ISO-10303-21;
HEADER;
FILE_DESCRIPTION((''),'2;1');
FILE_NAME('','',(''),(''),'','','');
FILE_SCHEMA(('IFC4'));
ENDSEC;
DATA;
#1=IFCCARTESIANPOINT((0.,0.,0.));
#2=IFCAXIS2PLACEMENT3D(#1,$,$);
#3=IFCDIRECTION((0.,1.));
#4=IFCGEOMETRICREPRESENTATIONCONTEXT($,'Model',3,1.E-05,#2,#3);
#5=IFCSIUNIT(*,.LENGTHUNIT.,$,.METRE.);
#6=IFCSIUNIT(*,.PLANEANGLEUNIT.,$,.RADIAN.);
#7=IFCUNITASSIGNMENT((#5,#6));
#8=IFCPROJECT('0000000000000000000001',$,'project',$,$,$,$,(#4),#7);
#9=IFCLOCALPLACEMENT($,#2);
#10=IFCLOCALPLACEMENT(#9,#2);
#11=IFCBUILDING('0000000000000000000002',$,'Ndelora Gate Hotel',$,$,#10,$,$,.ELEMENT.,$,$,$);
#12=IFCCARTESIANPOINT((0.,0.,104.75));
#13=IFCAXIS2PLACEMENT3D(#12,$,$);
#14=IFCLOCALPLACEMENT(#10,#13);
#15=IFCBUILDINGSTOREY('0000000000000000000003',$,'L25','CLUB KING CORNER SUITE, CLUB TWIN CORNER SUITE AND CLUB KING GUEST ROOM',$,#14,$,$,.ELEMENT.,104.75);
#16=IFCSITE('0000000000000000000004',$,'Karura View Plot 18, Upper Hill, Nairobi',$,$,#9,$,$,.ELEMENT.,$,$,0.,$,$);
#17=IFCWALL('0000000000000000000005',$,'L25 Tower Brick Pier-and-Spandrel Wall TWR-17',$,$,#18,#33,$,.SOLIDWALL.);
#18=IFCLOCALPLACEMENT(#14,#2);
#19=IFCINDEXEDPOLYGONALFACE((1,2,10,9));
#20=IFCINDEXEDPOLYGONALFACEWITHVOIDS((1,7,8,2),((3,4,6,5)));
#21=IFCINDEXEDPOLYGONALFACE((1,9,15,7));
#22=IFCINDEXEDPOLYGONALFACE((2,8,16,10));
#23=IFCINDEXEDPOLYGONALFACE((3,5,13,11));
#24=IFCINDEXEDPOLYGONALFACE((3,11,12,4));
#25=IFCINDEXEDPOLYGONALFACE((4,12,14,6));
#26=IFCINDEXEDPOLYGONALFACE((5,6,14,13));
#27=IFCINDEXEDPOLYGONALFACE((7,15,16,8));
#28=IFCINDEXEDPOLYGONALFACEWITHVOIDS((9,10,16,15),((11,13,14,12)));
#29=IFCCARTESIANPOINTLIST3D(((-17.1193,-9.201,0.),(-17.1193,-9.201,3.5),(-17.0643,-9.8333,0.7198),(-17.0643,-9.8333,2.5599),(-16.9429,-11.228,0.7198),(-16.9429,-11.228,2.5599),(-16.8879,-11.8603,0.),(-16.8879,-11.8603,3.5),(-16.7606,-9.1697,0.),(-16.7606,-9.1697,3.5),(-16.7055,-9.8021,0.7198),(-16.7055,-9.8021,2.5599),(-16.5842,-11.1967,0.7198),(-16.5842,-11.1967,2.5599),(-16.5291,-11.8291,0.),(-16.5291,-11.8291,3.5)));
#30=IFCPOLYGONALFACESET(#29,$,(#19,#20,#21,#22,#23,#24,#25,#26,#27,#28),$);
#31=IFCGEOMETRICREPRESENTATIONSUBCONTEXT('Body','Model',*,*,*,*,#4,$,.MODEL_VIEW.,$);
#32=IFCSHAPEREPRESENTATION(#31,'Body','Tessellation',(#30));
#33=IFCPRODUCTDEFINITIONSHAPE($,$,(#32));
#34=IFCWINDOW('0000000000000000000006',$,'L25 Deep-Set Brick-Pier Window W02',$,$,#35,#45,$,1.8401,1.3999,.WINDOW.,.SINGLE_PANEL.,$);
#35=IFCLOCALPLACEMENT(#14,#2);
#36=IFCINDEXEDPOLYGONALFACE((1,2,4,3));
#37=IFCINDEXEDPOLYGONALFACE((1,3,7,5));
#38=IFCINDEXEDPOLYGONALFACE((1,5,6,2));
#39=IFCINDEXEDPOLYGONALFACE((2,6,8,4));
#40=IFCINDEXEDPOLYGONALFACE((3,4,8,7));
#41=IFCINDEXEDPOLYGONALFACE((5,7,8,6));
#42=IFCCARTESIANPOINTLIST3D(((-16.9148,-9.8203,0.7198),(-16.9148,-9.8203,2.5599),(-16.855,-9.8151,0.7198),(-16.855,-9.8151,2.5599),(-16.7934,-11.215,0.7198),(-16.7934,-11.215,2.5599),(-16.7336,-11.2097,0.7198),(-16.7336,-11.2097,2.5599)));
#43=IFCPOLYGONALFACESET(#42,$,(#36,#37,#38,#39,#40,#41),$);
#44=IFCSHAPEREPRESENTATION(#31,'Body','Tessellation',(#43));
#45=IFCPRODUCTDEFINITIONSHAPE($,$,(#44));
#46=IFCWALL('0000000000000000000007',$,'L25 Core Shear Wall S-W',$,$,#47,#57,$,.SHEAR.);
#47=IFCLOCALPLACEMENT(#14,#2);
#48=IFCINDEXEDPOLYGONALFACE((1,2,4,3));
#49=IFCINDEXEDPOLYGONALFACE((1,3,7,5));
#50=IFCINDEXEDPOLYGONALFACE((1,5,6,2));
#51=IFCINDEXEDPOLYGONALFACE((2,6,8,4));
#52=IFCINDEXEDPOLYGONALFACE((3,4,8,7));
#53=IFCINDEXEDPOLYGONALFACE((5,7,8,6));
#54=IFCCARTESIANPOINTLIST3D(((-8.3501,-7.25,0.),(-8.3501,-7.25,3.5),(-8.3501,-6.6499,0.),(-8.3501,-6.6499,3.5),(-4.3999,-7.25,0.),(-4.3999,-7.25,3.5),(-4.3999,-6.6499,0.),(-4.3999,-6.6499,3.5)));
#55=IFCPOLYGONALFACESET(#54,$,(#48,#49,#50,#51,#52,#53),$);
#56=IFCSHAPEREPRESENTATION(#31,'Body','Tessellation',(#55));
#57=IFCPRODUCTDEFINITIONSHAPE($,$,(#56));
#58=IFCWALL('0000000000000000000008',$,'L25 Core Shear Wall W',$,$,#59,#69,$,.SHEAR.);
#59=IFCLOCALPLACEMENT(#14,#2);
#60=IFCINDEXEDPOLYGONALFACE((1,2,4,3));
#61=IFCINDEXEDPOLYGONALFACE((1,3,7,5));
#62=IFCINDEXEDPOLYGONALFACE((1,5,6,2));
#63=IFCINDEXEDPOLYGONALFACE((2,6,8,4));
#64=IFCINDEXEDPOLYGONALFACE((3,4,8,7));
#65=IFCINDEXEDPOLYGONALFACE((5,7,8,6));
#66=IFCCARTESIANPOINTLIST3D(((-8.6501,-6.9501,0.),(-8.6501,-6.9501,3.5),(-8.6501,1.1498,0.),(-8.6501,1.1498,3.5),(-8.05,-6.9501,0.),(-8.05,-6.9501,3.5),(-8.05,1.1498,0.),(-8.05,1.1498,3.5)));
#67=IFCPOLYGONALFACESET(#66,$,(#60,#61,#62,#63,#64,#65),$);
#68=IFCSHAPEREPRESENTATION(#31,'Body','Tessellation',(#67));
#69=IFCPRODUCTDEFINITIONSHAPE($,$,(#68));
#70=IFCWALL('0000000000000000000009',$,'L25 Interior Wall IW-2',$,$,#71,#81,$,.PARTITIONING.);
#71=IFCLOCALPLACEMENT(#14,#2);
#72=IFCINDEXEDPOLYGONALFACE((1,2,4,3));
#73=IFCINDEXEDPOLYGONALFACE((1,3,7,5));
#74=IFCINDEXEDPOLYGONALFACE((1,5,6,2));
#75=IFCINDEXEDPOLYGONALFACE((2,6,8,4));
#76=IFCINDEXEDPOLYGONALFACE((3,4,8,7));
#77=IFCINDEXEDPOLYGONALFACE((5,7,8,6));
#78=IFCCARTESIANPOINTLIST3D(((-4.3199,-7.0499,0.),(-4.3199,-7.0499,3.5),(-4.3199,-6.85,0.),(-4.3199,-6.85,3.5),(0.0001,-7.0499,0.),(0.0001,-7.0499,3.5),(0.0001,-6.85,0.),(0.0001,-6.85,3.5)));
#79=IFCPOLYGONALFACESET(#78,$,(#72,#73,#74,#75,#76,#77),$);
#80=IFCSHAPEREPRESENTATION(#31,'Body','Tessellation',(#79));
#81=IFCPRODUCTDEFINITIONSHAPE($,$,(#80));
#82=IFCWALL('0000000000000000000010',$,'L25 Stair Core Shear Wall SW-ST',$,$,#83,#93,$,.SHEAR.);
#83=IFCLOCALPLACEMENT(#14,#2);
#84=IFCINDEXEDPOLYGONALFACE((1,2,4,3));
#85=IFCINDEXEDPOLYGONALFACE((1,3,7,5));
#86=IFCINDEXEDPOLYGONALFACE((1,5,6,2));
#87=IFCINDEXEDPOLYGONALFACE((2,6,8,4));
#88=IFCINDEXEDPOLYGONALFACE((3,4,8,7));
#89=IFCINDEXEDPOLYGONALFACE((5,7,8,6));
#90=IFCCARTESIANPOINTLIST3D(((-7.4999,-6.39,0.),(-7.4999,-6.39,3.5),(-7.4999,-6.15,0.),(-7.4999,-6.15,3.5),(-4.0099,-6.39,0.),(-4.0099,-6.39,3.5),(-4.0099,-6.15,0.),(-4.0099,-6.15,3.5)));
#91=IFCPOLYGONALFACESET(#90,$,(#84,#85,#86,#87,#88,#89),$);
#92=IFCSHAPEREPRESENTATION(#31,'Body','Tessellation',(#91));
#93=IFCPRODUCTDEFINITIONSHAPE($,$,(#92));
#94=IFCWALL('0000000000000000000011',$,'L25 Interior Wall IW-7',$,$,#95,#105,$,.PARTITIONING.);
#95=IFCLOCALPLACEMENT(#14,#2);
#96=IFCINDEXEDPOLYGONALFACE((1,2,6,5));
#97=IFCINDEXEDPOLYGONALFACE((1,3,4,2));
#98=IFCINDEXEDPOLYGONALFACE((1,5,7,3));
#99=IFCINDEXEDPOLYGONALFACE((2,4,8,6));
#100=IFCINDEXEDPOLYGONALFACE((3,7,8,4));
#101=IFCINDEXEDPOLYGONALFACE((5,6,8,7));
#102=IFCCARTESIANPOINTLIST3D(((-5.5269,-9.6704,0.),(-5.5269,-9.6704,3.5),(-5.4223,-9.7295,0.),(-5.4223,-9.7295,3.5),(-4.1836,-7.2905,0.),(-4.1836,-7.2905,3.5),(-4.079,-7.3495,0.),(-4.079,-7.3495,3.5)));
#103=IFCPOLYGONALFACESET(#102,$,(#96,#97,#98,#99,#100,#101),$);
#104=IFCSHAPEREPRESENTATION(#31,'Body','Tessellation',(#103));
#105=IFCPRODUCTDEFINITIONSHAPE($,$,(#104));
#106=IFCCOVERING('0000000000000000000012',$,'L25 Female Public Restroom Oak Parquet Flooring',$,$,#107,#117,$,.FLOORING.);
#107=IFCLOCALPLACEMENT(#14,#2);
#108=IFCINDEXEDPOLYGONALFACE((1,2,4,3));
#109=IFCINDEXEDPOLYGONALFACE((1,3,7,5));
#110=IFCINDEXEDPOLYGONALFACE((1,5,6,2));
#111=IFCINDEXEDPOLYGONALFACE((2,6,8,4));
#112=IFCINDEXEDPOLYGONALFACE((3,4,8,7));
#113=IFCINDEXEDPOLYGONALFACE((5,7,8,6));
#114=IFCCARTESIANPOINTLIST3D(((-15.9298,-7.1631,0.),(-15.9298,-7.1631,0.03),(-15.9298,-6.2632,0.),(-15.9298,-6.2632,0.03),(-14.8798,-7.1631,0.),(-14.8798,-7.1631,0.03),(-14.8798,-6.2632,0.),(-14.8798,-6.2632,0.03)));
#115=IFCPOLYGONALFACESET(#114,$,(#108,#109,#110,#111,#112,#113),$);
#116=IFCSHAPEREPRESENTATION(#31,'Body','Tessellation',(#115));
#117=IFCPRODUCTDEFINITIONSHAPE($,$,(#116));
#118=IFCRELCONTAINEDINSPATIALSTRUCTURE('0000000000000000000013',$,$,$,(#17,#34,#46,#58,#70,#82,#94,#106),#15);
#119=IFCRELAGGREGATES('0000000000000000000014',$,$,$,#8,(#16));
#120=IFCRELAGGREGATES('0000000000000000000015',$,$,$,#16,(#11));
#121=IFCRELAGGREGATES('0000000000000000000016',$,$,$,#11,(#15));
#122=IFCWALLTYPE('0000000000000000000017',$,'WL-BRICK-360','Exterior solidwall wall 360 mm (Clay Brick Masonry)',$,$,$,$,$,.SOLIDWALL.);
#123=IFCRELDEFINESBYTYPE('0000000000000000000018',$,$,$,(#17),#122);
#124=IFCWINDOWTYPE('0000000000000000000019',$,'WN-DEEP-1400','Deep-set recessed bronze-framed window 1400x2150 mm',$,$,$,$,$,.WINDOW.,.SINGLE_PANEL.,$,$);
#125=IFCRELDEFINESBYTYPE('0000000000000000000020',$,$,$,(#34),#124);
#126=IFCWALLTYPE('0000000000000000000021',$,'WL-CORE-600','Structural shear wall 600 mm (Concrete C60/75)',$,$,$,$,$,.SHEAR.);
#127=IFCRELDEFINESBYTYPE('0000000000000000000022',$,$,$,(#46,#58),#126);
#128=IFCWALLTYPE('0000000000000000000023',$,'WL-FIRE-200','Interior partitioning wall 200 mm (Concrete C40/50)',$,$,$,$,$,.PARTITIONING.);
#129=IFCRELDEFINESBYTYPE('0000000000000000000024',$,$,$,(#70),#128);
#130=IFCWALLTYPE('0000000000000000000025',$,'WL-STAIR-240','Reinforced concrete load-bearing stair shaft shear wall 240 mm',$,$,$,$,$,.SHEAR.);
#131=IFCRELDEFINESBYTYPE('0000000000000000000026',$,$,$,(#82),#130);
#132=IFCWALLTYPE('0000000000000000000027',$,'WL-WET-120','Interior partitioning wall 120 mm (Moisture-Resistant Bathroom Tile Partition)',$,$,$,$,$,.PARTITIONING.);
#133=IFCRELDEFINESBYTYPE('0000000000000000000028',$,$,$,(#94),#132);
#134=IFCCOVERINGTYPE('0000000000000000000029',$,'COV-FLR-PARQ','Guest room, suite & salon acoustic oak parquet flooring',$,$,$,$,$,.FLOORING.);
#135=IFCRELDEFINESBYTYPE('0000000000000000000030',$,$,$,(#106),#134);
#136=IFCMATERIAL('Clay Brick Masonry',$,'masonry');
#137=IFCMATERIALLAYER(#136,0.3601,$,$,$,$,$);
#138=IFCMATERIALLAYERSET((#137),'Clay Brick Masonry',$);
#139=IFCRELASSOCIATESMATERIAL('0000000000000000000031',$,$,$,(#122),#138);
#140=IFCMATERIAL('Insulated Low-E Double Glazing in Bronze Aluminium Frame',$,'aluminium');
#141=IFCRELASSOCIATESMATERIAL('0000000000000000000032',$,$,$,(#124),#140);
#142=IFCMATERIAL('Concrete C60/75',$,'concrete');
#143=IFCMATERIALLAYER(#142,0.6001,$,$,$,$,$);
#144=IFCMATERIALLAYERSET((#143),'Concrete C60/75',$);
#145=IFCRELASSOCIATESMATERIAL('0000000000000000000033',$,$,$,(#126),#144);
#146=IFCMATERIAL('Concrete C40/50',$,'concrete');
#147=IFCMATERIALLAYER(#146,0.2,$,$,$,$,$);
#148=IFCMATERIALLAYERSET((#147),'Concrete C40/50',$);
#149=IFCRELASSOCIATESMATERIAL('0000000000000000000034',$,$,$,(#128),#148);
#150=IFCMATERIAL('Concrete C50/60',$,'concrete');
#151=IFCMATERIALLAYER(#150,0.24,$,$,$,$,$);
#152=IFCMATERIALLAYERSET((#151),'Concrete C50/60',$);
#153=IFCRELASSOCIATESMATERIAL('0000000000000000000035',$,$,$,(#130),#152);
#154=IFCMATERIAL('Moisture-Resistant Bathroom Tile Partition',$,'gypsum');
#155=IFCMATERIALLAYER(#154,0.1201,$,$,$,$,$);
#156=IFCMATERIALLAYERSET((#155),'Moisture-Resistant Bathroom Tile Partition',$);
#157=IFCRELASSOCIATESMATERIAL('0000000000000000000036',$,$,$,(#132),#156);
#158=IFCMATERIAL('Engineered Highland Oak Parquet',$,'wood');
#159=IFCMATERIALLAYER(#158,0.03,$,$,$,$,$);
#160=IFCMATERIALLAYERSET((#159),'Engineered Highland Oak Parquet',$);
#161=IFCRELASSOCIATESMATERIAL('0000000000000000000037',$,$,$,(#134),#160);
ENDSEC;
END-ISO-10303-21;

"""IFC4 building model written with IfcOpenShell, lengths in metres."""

from ifc_helpers import new_model, si_unit, direction, frame, frame_2d, origin, origin_2d, place, context, subcontext, project, spatial, rectangle, extrude, material, layer, layer_set, type_object, element, fill, save


model = new_model("IFC4")

# Units and contexts
model_context = context("Model", 3, precision=1e-05, world=origin(), true_north=direction((0.0, 1.0)))
body_context = subcontext(model_context, "Body", "Model", "MODEL_VIEW")
ifc_project = project(units=[si_unit("LENGTHUNIT", "METRE"), si_unit("PLANEANGLEUNIT", "RADIAN")], contexts=[model_context])

# Site, building, storey
site_placement = place(None, origin())
site = spatial("IfcSite", under=ifc_project, at=site_placement, Name="Karura View Plot 18, Upper Hill, Nairobi", CompositionType="ELEMENT", RefElevation=0.0)
building_placement = place(site_placement, origin())
building = spatial("IfcBuilding", under=site, at=building_placement, Name="Ndelora Gate Hotel", CompositionType="ELEMENT")
storey_placement = place(building_placement, frame((0.0, 0.0, 104.75)))
storey = spatial("IfcBuildingStorey", under=building, at=storey_placement, Name="L25", Description="CLUB KING CORNER SUITE, CLUB TWIN CORNER SUITE AND CLUB KING GUEST ROOM", CompositionType="ELEMENT", Elevation=104.75)

# Shared definitions
ifc_material_1 = material(Name="Concrete C60/75", Category="concrete")

# Wall, opening, window
ifc_material_2 = material(Name="Clay Brick Masonry", Category="masonry")
ifc_layer_1 = layer(ifc_material_2, 0.3601)
ifc_layer_set_1 = layer_set([ifc_layer_1], Name="Clay Brick Masonry")
wall_type_1 = type_object("IfcWallType", Name="WL-BRICK-360", Description="Exterior solidwall wall 360 mm (Clay Brick Masonry)", PredefinedType="SOLIDWALL", material=ifc_layer_set_1)
ifc_material_3 = material(Name="Insulated Low-E Double Glazing in Bronze Aluminium Frame", Category="aluminium")
wall_1_placement = place(storey_placement, frame((-16.7085, -11.8447, 0.0), z_axis=(0.0, 0.0, 1.0), x_axis=(-0.086701, 0.996234, 0.0)))
wall_1 = element("IfcWall", 1, at=wall_1_placement, inside=storey, type_object=wall_type_1, Name="L25 Tower Brick Pier-and-Spandrel Wall TWR-17", PredefinedType="SOLIDWALL", context=body_context, shape_type="SweptSolid", body=[
    extrude(rectangle(XDim=2.6694, YDim=0.3601, at=frame_2d((1.3347, 0.0))), origin(), (0.0, 0.0, 1.0), 3.5),
])
opening_1_placement = place(wall_1_placement, frame((0.6348, 0.0, 0.72)))
opening_1 = element("IfcOpeningElement", 2, at=opening_1_placement, cuts=wall_1, PredefinedType="OPENING", context=body_context, shape_type="SweptSolid", body=[
    extrude(rectangle(XDim=1.3999, YDim=1.8401, at=frame_2d((0.7, 0.9199))), frame((0.0, 0.1899, 0.0), z_axis=(0.0, -1.0, 0.0), x_axis=(1.0, 0.0, 0.0)), (0.0, 0.0, 1.0), 0.3801),
])
window_type_1 = type_object("IfcWindowType", Name="WN-DEEP-1400", Description="Deep-set recessed bronze-framed window 1400x2150 mm", PartitioningType="SINGLE_PANEL", PredefinedType="WINDOW", material=ifc_material_3)
window_1_placement = place(opening_1_placement, origin())
window_1 = element("IfcWindow", 3, at=window_1_placement, inside=storey, type_object=window_type_1, Name="L25 Deep-Set Brick-Pier Window W02", OverallHeight=1.8401, OverallWidth=1.3999, PartitioningType="SINGLE_PANEL", PredefinedType="WINDOW", context=body_context, shape_type="SweptSolid", body=[
    extrude(rectangle(XDim=1.3999, YDim=1.8401, at=frame_2d((0.7, 0.9199))), frame((0.0, 0.03, 0.0), z_axis=(0.0, -1.0, 0.0), x_axis=(1.0, 0.0, 0.0)), (0.0, 0.0, 1.0), 0.0601),
])
fill(opening_1, window_1)

# Walls
ifc_layer_2 = layer(ifc_material_1, 0.6001)
ifc_layer_set_2 = layer_set([ifc_layer_2], Name="Concrete C60/75")
wall_type_2 = type_object("IfcWallType", Name="WL-CORE-600", Description="Structural shear wall 600 mm (Concrete C60/75)", PredefinedType="SHEAR", material=ifc_layer_set_2)
wall_2_placement = place(storey_placement, frame((-8.3501, -6.95, 0.0), z_axis=(0.0, 0.0, 1.0), x_axis=(1.0, 0.0, 0.0)))
element("IfcWall", 4, at=wall_2_placement, inside=storey, type_object=wall_type_2, Name="L25 Core Shear Wall S-W", PredefinedType="SHEAR", context=body_context, shape_type="SweptSolid", body=[
    extrude(rectangle(XDim=3.9502, YDim=0.6001, at=frame_2d((1.9751, 0.0))), origin(), (0.0, 0.0, 1.0), 3.5),
])
wall_3_placement = place(storey_placement, frame((-8.3501, -6.95, 0.0), z_axis=(0.0, 0.0, 1.0), x_axis=(0.0, 1.0, 0.0)))
element("IfcWall", 5, at=wall_3_placement, inside=storey, type_object=wall_type_2, Name="L25 Core Shear Wall W", PredefinedType="SHEAR", context=body_context, shape_type="SweptSolid", body=[
    extrude(rectangle(XDim=8.0999, YDim=0.6001, at=frame_2d((4.0498, 0.0))), origin(), (0.0, 0.0, 1.0), 3.5),
])
ifc_material_4 = material(Name="Concrete C40/50", Category="concrete")
ifc_layer_3 = layer(ifc_material_4, 0.2)
ifc_layer_set_3 = layer_set([ifc_layer_3], Name="Concrete C40/50")
wall_type_3 = type_object("IfcWallType", Name="WL-FIRE-200", Description="Interior partitioning wall 200 mm (Concrete C40/50)", PredefinedType="PARTITIONING", material=ifc_layer_set_3)
wall_4_placement = place(storey_placement, frame((-4.3201, -6.95, 0.0), z_axis=(0.0, 0.0, 1.0), x_axis=(1.0, 0.0, 0.0)))
element("IfcWall", 6, at=wall_4_placement, inside=storey, type_object=wall_type_3, Name="L25 Interior Wall IW-2", PredefinedType="PARTITIONING", context=body_context, shape_type="SweptSolid", body=[
    extrude(rectangle(XDim=4.3201, YDim=0.2, at=frame_2d((2.1602, 0.0))), origin(), (0.0, 0.0, 1.0), 3.5),
])
ifc_material_5 = material(Name="Concrete C50/60", Category="concrete")
ifc_layer_4 = layer(ifc_material_5, 0.24)
ifc_layer_set_4 = layer_set([ifc_layer_4], Name="Concrete C50/60")
wall_type_4 = type_object("IfcWallType", Name="WL-STAIR-240", Description="Reinforced concrete load-bearing stair shaft shear wall 240 mm", PredefinedType="SHEAR", material=ifc_layer_set_4)
wall_5_placement = place(storey_placement, frame((-7.5, -6.27, 0.0), z_axis=(0.0, 0.0, 1.0), x_axis=(1.0, 0.0, 0.0)))
element("IfcWall", 7, at=wall_5_placement, inside=storey, type_object=wall_type_4, Name="L25 Stair Core Shear Wall SW-ST", PredefinedType="SHEAR", context=body_context, shape_type="SweptSolid", body=[
    extrude(rectangle(XDim=3.49, YDim=0.24, at=frame_2d((1.7451, 0.0))), origin(), (0.0, 0.0, 1.0), 3.5),
])
ifc_material_6 = material(Name="Moisture-Resistant Bathroom Tile Partition", Category="gypsum")
ifc_layer_5 = layer(ifc_material_6, 0.1201)
ifc_layer_set_5 = layer_set([ifc_layer_5], Name="Moisture-Resistant Bathroom Tile Partition")
wall_type_5 = type_object("IfcWallType", Name="WL-WET-120", Description="Interior partitioning wall 120 mm (Moisture-Resistant Bathroom Tile Partition)", PredefinedType="PARTITIONING", material=ifc_layer_set_5)
wall_6_placement = place(storey_placement, frame((-5.4746, -9.7, 0.0), z_axis=(0.0, 0.0, 1.0), x_axis=(0.491533, 0.870859, 0.0)))
element("IfcWall", 8, at=wall_6_placement, inside=storey, type_object=wall_type_5, Name="L25 Interior Wall IW-7", PredefinedType="PARTITIONING", context=body_context, shape_type="SweptSolid", body=[
    extrude(rectangle(XDim=2.7329, YDim=0.1201, at=frame_2d((1.3665, 0.0))), origin(), (0.0, 0.0, 1.0), 3.5),
])

# Covering
ifc_material_7 = material(Name="Engineered Highland Oak Parquet", Category="wood")
ifc_layer_6 = layer(ifc_material_7, 0.03)
ifc_layer_set_6 = layer_set([ifc_layer_6], Name="Engineered Highland Oak Parquet")
covering_type = type_object("IfcCoveringType", Name="COV-FLR-PARQ", Description="Guest room, suite & salon acoustic oak parquet flooring", PredefinedType="FLOORING", material=ifc_layer_set_6)
covering_placement = place(storey_placement, frame((-15.4048, -6.7131, 0.0), z_axis=(0.0, 0.0, 1.0), x_axis=(1.0, 0.0, 0.0)))
element("IfcCovering", 9, at=covering_placement, inside=storey, type_object=covering_type, Name="L25 Female Public Restroom Oak Parquet Flooring", PredefinedType="FLOORING", context=body_context, shape_type="SweptSolid", body=[
    extrude(rectangle(XDim=1.05, YDim=0.8999, at=origin_2d()), origin(), (0.0, 0.0, 1.0), 0.03),
])

save(model, "model.ifc")
